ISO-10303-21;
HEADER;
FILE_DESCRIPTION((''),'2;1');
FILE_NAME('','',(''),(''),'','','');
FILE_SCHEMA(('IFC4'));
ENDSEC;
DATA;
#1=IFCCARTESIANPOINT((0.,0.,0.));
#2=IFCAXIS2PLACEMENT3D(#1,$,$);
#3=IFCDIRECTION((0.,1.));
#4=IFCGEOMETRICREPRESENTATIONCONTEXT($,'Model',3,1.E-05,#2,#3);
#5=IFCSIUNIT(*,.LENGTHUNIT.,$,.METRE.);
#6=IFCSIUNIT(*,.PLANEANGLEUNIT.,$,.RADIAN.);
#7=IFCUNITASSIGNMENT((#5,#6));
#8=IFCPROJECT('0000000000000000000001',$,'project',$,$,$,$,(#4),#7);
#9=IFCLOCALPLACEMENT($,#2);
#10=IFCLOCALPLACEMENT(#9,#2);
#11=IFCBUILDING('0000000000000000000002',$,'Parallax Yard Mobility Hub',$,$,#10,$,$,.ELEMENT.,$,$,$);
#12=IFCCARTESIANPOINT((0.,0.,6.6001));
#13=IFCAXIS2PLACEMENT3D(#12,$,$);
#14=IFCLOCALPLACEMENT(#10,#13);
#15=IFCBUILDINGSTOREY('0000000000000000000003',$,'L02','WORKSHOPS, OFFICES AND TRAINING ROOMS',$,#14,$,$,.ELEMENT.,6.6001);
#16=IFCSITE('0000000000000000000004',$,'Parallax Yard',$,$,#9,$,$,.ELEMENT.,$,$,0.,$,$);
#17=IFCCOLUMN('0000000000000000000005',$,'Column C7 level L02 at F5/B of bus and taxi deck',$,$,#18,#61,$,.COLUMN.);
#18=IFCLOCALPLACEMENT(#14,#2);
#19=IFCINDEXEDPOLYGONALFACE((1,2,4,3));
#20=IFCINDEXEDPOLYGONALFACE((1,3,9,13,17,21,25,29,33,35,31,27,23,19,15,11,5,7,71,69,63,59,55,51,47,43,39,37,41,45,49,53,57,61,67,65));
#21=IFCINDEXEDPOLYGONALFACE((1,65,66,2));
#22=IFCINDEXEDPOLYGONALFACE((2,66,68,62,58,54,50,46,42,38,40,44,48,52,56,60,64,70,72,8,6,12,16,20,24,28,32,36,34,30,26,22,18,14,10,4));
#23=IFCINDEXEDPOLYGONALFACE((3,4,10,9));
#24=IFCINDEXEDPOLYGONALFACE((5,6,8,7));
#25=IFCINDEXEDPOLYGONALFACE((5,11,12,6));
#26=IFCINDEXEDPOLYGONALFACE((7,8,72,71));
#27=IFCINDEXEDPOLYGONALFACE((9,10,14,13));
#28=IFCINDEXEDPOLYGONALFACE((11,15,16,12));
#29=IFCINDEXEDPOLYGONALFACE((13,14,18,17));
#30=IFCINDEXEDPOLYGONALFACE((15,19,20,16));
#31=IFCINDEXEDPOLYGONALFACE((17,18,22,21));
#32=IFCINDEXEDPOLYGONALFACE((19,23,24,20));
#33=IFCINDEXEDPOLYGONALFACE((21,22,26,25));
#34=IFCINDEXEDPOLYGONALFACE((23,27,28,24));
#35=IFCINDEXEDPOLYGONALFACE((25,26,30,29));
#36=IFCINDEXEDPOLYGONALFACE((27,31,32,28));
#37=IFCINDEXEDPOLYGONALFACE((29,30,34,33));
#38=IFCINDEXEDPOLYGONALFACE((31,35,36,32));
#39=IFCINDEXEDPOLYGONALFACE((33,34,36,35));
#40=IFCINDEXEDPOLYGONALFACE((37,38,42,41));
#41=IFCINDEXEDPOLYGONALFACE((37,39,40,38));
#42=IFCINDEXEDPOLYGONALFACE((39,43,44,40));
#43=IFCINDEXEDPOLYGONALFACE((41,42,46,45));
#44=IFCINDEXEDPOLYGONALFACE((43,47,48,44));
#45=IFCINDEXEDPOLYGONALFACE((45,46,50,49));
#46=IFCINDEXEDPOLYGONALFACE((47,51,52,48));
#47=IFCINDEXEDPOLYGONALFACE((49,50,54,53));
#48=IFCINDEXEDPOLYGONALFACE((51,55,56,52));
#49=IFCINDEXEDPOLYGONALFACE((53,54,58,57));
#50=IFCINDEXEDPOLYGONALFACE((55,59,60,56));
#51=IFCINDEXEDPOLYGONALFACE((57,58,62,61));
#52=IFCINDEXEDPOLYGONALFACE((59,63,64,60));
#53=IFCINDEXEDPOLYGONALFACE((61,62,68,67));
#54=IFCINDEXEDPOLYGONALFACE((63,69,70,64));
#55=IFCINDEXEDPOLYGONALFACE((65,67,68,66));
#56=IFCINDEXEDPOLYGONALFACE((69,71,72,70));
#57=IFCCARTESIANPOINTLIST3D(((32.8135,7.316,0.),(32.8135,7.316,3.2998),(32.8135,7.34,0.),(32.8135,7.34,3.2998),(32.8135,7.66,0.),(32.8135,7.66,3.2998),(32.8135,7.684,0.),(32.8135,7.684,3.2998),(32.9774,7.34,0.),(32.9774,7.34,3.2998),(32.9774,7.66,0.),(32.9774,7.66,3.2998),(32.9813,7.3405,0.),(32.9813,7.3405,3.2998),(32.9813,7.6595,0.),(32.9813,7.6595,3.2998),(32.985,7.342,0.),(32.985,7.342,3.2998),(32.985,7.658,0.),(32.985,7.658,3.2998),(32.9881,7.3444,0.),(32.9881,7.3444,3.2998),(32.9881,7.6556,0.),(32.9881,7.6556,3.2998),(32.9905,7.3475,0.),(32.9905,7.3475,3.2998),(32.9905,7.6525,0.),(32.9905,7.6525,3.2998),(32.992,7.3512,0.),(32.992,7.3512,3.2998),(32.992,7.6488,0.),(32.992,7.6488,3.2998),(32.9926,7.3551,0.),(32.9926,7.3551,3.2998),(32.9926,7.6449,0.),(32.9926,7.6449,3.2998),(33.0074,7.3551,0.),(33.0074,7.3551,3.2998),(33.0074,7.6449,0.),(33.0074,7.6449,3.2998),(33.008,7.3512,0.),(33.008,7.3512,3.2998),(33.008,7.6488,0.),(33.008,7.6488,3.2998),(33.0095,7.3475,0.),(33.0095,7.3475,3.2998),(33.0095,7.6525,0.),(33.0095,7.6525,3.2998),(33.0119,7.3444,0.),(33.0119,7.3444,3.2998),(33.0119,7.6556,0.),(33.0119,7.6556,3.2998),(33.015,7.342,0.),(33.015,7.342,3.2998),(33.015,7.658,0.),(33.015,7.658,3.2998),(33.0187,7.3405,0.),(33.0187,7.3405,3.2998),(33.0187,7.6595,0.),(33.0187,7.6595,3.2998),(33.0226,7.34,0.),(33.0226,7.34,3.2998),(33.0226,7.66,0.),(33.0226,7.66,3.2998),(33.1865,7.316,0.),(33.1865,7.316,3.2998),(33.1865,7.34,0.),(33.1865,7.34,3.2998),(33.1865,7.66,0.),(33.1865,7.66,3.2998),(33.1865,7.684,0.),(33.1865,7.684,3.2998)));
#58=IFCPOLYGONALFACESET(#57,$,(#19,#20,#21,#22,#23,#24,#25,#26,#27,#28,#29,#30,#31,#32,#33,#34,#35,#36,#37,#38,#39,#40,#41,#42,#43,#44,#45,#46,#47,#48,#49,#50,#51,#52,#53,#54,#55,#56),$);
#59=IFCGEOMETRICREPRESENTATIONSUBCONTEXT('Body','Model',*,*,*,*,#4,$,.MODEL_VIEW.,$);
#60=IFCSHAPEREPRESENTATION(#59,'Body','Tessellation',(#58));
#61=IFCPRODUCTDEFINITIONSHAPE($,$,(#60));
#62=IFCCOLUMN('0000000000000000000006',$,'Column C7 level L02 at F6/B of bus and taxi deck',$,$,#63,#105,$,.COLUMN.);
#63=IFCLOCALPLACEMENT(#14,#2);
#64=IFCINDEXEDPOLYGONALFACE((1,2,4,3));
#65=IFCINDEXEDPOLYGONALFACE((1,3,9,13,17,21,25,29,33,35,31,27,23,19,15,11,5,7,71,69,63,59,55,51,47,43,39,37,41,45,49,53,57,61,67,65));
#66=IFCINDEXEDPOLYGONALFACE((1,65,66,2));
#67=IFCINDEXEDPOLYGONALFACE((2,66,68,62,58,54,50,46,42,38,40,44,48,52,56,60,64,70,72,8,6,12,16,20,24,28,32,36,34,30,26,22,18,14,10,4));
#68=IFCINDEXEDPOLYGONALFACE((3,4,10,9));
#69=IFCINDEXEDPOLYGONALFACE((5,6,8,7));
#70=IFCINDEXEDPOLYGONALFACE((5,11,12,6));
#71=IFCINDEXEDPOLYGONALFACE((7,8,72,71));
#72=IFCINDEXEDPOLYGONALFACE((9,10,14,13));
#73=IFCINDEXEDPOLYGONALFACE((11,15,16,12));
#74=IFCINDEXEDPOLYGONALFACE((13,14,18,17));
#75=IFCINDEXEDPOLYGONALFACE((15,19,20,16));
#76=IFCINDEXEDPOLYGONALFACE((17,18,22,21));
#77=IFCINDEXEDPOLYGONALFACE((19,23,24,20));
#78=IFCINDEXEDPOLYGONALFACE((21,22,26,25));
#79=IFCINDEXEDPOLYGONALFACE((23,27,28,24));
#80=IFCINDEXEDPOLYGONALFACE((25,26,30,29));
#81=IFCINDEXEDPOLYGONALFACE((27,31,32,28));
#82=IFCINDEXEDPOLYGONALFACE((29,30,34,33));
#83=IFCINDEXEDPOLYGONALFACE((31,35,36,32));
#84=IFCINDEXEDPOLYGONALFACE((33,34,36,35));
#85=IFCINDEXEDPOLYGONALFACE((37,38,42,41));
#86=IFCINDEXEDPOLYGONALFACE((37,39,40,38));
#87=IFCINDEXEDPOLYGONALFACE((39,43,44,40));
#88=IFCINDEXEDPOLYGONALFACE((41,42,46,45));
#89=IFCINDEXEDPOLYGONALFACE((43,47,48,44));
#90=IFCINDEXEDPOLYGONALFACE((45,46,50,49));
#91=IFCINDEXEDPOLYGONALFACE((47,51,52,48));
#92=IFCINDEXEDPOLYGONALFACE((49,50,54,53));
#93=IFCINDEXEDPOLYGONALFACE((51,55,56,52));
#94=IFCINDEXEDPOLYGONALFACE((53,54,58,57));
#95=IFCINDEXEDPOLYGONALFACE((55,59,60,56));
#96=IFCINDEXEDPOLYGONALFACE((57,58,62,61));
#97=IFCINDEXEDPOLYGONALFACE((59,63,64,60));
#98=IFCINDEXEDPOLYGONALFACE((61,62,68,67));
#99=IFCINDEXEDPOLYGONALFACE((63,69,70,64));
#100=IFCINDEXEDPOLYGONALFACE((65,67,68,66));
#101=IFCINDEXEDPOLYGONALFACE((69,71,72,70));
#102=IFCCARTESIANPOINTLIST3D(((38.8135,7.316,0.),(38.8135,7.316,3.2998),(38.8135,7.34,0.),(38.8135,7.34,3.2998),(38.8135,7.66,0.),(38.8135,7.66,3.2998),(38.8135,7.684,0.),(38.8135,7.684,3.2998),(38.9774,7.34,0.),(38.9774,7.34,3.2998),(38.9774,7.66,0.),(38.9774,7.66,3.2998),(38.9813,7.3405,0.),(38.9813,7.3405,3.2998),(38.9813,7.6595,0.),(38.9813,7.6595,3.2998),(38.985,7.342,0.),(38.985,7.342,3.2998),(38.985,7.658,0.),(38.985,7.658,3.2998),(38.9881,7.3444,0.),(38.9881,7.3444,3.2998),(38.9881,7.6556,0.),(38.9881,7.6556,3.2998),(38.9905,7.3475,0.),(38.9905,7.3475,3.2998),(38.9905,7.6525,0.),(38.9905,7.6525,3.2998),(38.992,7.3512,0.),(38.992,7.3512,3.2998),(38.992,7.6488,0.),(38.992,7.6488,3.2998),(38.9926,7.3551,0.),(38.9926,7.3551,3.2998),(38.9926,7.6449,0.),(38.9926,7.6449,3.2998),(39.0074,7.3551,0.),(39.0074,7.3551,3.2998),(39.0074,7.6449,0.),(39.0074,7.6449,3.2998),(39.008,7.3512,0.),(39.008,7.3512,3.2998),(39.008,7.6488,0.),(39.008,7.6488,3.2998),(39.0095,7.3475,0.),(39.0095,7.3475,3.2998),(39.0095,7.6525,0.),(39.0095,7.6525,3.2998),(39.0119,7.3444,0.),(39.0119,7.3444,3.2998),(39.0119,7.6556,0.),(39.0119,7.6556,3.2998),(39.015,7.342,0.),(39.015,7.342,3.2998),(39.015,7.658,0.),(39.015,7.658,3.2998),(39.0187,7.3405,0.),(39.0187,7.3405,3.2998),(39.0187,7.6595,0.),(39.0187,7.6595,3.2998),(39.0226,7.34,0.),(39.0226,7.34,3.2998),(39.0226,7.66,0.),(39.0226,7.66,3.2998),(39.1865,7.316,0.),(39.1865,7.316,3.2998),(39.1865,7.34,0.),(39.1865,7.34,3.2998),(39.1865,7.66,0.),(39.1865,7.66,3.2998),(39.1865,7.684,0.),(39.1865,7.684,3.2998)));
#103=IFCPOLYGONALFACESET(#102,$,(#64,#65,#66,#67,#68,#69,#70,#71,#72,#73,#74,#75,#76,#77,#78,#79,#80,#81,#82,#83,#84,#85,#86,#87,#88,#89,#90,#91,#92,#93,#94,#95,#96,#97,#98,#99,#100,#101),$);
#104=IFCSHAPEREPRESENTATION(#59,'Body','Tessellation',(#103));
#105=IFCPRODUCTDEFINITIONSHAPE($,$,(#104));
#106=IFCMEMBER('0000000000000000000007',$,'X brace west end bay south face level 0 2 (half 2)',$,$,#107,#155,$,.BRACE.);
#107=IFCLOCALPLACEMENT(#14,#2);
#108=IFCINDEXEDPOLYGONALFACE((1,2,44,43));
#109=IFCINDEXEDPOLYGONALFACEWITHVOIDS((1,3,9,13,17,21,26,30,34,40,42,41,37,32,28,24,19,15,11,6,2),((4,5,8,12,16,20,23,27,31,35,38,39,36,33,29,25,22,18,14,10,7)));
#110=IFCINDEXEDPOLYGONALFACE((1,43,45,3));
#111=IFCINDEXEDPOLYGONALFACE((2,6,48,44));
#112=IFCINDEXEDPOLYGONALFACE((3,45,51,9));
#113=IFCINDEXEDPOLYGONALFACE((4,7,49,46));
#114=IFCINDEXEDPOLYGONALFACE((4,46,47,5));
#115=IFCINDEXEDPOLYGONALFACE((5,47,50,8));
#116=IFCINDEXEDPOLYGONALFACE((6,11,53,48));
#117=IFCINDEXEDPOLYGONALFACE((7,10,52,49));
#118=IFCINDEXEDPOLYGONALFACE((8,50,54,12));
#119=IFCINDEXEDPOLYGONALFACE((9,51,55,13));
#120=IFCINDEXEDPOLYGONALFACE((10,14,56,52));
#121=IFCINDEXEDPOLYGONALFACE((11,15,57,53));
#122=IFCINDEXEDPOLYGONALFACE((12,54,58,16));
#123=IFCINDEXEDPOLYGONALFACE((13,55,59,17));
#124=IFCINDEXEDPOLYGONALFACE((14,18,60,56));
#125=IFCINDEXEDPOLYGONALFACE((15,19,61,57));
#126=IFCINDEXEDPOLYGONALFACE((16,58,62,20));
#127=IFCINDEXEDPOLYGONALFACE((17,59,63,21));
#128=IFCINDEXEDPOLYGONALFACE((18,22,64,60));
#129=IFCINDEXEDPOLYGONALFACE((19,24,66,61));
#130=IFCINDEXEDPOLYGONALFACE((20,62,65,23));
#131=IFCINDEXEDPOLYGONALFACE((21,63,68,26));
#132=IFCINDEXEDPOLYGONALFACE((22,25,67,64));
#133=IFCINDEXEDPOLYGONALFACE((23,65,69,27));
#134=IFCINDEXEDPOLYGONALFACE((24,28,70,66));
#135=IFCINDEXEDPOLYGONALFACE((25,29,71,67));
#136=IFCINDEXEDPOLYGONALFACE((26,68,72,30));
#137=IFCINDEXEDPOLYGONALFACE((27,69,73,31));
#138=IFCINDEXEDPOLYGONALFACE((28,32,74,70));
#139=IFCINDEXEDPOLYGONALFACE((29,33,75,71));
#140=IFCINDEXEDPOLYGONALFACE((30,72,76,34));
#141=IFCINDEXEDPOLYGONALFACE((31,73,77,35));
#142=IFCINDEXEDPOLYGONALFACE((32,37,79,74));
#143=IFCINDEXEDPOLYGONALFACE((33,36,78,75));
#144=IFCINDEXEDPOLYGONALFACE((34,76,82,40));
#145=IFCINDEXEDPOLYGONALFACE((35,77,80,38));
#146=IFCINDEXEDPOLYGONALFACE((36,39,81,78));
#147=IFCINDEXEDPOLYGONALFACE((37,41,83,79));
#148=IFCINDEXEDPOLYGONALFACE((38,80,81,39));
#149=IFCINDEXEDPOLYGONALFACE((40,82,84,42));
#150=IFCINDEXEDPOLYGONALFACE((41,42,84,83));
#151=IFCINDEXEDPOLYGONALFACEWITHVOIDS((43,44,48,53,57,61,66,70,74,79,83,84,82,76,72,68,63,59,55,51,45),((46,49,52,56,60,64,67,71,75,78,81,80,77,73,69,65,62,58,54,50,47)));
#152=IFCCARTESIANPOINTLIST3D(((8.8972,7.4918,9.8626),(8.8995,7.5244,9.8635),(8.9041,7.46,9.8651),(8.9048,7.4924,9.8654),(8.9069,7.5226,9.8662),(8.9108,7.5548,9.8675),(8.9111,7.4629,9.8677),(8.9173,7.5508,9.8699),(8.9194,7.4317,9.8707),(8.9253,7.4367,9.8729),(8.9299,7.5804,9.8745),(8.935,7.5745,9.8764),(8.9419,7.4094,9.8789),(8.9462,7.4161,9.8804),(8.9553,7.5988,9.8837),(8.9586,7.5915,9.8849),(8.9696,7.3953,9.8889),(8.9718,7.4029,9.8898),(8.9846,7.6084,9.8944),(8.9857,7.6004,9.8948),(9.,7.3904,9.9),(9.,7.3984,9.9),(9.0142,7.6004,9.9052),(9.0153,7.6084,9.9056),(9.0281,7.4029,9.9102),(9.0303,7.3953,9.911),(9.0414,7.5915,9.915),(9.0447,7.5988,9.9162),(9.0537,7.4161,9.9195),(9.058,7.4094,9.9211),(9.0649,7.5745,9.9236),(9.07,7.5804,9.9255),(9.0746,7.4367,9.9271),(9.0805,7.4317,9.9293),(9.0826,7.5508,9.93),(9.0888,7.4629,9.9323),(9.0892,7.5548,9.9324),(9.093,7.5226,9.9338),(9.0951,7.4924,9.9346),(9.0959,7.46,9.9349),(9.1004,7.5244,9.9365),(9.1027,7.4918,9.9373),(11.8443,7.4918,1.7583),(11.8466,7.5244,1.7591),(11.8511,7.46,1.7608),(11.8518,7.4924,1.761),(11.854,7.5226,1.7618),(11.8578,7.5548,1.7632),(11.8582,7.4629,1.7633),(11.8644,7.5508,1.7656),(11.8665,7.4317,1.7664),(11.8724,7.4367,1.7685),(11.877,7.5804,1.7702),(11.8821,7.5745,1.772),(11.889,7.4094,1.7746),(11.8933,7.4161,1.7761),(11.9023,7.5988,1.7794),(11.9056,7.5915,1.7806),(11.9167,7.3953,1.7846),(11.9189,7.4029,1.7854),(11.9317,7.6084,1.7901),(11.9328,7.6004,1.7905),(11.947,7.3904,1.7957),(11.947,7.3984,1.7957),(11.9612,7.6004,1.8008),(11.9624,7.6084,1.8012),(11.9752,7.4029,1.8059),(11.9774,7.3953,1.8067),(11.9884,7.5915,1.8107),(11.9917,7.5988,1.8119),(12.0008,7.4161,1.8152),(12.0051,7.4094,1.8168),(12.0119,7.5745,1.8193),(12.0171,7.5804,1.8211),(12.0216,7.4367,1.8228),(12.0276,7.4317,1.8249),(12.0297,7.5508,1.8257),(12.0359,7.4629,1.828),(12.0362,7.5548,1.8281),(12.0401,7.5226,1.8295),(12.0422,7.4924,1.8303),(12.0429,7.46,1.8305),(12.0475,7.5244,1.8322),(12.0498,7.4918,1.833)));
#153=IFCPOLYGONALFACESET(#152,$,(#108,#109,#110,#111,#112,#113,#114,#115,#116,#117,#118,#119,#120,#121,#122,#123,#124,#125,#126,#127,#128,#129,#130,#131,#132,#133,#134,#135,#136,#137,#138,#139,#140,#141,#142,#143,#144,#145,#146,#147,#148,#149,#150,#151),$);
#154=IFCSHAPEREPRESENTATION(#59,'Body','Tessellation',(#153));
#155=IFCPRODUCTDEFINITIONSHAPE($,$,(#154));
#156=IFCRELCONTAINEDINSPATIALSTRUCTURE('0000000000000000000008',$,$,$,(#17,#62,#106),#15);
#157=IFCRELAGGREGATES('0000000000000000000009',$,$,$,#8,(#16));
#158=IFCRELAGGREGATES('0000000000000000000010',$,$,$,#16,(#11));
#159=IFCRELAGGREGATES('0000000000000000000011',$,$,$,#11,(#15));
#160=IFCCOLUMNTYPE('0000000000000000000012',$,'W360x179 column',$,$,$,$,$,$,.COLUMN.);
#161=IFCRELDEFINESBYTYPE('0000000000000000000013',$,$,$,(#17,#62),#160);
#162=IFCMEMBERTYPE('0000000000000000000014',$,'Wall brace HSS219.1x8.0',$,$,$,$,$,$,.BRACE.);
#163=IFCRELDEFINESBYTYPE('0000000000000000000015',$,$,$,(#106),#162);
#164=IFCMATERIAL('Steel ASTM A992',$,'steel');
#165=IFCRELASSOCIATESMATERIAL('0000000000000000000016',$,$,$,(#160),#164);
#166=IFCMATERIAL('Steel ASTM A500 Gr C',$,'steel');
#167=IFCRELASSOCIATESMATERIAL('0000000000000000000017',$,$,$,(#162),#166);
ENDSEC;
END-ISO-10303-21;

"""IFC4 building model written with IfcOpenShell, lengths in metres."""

from ifc_helpers import new_model, si_unit, direction, frame, origin, origin_2d, place, context, subcontext, project, spatial, hollow_circle, i_section, extrude, material, material_profile, profile_set, type_object, element, save


model = new_model("IFC4")

# Units and contexts
model_context = context("Model", 3, precision=1e-05, world=origin(), true_north=direction((0.0, 1.0)))
body_context = subcontext(model_context, "Body", "Model", "MODEL_VIEW")
ifc_project = project(units=[si_unit("LENGTHUNIT", "METRE"), si_unit("PLANEANGLEUNIT", "RADIAN")], contexts=[model_context])

# Site, building, storey
site_placement = place(None, origin())
site = spatial("IfcSite", under=ifc_project, at=site_placement, Name="Parallax Yard", CompositionType="ELEMENT", RefElevation=0.0)
building_placement = place(site_placement, origin())
building = spatial("IfcBuilding", under=site, at=building_placement, Name="Parallax Yard Mobility Hub", CompositionType="ELEMENT")
storey_placement = place(building_placement, frame((0.0, 0.0, 6.6001)))
storey = spatial("IfcBuildingStorey", under=building, at=storey_placement, Name="L02", Description="WORKSHOPS, OFFICES AND TRAINING ROOMS", CompositionType="ELEMENT", Elevation=6.6001)

# Columns
ifc_material_1 = material(Name="Steel ASTM A992", Category="steel")
ifc_material_profile_1 = material_profile(ifc_material_1, i_section(OverallWidth=0.373, OverallDepth=0.3679, WebThickness=0.0149, FlangeThickness=0.0239, FilletRadius=0.0151, at=origin_2d()), Name="W360x179")
ifc_profile_set_1 = profile_set([ifc_material_profile_1], Name="Steel ASTM A992")
column_type = type_object("IfcColumnType", Name="W360x179 column", PredefinedType="COLUMN", material=ifc_profile_set_1)
for number, where, z_axis, x_axis, name in (
    (1, (33.0, 7.5, 0.0), (0.0, 0.0, 1.0), (1.0, 0.0, 0.0), "Column C7 level L02 at F5/B of bus and taxi deck"),
    (2, (39.0, 7.5, 0.0), (0.0, 0.0, 1.0), (1.0, 0.0, 0.0), "Column C7 level L02 at F6/B of bus and taxi deck"),
):
    element("IfcColumn", number, at=place(storey_placement, frame(where, z_axis=z_axis, x_axis=x_axis)), inside=storey, type_object=column_type, Name=name, PredefinedType="COLUMN", context=body_context, shape_type="SweptSolid", body=[
        extrude(i_section(OverallWidth=0.373, OverallDepth=0.3679, WebThickness=0.0149, FlangeThickness=0.0239, FilletRadius=0.0151, at=origin_2d()), origin(), (0.0, 0.0, 1.0), 3.2998),
    ])

# Member
ifc_material_2 = material(Name="Steel ASTM A500 Gr C", Category="steel")
ifc_material_profile_2 = material_profile(ifc_material_2, hollow_circle(Radius=0.1096, WallThickness=0.0081, at=origin_2d()), Name="HSS219.1x8.0")
ifc_profile_set_2 = profile_set([ifc_material_profile_2], Name="Steel ASTM A500 Gr C")
member_type = type_object("IfcMemberType", Name="Wall brace HSS219.1x8.0", PredefinedType="BRACE", material=ifc_profile_set_2)
member_placement = place(storey_placement, frame((11.947, 7.5, 1.7957), z_axis=(-0.341745, 0.0, 0.939793), x_axis=(0.0, -1.0, 0.0)))
element("IfcMember", 3, at=member_placement, inside=storey, type_object=member_type, Name="X brace west end bay south face level 0 2 (half 2)", PredefinedType="BRACE", context=body_context, shape_type="SweptSolid", body=[
    extrude(hollow_circle(Radius=0.1096, WallThickness=0.0081, at=origin_2d()), origin(), (0.0, 0.0, 1.0), 8.6235),
])

save(model, "model.ifc")
